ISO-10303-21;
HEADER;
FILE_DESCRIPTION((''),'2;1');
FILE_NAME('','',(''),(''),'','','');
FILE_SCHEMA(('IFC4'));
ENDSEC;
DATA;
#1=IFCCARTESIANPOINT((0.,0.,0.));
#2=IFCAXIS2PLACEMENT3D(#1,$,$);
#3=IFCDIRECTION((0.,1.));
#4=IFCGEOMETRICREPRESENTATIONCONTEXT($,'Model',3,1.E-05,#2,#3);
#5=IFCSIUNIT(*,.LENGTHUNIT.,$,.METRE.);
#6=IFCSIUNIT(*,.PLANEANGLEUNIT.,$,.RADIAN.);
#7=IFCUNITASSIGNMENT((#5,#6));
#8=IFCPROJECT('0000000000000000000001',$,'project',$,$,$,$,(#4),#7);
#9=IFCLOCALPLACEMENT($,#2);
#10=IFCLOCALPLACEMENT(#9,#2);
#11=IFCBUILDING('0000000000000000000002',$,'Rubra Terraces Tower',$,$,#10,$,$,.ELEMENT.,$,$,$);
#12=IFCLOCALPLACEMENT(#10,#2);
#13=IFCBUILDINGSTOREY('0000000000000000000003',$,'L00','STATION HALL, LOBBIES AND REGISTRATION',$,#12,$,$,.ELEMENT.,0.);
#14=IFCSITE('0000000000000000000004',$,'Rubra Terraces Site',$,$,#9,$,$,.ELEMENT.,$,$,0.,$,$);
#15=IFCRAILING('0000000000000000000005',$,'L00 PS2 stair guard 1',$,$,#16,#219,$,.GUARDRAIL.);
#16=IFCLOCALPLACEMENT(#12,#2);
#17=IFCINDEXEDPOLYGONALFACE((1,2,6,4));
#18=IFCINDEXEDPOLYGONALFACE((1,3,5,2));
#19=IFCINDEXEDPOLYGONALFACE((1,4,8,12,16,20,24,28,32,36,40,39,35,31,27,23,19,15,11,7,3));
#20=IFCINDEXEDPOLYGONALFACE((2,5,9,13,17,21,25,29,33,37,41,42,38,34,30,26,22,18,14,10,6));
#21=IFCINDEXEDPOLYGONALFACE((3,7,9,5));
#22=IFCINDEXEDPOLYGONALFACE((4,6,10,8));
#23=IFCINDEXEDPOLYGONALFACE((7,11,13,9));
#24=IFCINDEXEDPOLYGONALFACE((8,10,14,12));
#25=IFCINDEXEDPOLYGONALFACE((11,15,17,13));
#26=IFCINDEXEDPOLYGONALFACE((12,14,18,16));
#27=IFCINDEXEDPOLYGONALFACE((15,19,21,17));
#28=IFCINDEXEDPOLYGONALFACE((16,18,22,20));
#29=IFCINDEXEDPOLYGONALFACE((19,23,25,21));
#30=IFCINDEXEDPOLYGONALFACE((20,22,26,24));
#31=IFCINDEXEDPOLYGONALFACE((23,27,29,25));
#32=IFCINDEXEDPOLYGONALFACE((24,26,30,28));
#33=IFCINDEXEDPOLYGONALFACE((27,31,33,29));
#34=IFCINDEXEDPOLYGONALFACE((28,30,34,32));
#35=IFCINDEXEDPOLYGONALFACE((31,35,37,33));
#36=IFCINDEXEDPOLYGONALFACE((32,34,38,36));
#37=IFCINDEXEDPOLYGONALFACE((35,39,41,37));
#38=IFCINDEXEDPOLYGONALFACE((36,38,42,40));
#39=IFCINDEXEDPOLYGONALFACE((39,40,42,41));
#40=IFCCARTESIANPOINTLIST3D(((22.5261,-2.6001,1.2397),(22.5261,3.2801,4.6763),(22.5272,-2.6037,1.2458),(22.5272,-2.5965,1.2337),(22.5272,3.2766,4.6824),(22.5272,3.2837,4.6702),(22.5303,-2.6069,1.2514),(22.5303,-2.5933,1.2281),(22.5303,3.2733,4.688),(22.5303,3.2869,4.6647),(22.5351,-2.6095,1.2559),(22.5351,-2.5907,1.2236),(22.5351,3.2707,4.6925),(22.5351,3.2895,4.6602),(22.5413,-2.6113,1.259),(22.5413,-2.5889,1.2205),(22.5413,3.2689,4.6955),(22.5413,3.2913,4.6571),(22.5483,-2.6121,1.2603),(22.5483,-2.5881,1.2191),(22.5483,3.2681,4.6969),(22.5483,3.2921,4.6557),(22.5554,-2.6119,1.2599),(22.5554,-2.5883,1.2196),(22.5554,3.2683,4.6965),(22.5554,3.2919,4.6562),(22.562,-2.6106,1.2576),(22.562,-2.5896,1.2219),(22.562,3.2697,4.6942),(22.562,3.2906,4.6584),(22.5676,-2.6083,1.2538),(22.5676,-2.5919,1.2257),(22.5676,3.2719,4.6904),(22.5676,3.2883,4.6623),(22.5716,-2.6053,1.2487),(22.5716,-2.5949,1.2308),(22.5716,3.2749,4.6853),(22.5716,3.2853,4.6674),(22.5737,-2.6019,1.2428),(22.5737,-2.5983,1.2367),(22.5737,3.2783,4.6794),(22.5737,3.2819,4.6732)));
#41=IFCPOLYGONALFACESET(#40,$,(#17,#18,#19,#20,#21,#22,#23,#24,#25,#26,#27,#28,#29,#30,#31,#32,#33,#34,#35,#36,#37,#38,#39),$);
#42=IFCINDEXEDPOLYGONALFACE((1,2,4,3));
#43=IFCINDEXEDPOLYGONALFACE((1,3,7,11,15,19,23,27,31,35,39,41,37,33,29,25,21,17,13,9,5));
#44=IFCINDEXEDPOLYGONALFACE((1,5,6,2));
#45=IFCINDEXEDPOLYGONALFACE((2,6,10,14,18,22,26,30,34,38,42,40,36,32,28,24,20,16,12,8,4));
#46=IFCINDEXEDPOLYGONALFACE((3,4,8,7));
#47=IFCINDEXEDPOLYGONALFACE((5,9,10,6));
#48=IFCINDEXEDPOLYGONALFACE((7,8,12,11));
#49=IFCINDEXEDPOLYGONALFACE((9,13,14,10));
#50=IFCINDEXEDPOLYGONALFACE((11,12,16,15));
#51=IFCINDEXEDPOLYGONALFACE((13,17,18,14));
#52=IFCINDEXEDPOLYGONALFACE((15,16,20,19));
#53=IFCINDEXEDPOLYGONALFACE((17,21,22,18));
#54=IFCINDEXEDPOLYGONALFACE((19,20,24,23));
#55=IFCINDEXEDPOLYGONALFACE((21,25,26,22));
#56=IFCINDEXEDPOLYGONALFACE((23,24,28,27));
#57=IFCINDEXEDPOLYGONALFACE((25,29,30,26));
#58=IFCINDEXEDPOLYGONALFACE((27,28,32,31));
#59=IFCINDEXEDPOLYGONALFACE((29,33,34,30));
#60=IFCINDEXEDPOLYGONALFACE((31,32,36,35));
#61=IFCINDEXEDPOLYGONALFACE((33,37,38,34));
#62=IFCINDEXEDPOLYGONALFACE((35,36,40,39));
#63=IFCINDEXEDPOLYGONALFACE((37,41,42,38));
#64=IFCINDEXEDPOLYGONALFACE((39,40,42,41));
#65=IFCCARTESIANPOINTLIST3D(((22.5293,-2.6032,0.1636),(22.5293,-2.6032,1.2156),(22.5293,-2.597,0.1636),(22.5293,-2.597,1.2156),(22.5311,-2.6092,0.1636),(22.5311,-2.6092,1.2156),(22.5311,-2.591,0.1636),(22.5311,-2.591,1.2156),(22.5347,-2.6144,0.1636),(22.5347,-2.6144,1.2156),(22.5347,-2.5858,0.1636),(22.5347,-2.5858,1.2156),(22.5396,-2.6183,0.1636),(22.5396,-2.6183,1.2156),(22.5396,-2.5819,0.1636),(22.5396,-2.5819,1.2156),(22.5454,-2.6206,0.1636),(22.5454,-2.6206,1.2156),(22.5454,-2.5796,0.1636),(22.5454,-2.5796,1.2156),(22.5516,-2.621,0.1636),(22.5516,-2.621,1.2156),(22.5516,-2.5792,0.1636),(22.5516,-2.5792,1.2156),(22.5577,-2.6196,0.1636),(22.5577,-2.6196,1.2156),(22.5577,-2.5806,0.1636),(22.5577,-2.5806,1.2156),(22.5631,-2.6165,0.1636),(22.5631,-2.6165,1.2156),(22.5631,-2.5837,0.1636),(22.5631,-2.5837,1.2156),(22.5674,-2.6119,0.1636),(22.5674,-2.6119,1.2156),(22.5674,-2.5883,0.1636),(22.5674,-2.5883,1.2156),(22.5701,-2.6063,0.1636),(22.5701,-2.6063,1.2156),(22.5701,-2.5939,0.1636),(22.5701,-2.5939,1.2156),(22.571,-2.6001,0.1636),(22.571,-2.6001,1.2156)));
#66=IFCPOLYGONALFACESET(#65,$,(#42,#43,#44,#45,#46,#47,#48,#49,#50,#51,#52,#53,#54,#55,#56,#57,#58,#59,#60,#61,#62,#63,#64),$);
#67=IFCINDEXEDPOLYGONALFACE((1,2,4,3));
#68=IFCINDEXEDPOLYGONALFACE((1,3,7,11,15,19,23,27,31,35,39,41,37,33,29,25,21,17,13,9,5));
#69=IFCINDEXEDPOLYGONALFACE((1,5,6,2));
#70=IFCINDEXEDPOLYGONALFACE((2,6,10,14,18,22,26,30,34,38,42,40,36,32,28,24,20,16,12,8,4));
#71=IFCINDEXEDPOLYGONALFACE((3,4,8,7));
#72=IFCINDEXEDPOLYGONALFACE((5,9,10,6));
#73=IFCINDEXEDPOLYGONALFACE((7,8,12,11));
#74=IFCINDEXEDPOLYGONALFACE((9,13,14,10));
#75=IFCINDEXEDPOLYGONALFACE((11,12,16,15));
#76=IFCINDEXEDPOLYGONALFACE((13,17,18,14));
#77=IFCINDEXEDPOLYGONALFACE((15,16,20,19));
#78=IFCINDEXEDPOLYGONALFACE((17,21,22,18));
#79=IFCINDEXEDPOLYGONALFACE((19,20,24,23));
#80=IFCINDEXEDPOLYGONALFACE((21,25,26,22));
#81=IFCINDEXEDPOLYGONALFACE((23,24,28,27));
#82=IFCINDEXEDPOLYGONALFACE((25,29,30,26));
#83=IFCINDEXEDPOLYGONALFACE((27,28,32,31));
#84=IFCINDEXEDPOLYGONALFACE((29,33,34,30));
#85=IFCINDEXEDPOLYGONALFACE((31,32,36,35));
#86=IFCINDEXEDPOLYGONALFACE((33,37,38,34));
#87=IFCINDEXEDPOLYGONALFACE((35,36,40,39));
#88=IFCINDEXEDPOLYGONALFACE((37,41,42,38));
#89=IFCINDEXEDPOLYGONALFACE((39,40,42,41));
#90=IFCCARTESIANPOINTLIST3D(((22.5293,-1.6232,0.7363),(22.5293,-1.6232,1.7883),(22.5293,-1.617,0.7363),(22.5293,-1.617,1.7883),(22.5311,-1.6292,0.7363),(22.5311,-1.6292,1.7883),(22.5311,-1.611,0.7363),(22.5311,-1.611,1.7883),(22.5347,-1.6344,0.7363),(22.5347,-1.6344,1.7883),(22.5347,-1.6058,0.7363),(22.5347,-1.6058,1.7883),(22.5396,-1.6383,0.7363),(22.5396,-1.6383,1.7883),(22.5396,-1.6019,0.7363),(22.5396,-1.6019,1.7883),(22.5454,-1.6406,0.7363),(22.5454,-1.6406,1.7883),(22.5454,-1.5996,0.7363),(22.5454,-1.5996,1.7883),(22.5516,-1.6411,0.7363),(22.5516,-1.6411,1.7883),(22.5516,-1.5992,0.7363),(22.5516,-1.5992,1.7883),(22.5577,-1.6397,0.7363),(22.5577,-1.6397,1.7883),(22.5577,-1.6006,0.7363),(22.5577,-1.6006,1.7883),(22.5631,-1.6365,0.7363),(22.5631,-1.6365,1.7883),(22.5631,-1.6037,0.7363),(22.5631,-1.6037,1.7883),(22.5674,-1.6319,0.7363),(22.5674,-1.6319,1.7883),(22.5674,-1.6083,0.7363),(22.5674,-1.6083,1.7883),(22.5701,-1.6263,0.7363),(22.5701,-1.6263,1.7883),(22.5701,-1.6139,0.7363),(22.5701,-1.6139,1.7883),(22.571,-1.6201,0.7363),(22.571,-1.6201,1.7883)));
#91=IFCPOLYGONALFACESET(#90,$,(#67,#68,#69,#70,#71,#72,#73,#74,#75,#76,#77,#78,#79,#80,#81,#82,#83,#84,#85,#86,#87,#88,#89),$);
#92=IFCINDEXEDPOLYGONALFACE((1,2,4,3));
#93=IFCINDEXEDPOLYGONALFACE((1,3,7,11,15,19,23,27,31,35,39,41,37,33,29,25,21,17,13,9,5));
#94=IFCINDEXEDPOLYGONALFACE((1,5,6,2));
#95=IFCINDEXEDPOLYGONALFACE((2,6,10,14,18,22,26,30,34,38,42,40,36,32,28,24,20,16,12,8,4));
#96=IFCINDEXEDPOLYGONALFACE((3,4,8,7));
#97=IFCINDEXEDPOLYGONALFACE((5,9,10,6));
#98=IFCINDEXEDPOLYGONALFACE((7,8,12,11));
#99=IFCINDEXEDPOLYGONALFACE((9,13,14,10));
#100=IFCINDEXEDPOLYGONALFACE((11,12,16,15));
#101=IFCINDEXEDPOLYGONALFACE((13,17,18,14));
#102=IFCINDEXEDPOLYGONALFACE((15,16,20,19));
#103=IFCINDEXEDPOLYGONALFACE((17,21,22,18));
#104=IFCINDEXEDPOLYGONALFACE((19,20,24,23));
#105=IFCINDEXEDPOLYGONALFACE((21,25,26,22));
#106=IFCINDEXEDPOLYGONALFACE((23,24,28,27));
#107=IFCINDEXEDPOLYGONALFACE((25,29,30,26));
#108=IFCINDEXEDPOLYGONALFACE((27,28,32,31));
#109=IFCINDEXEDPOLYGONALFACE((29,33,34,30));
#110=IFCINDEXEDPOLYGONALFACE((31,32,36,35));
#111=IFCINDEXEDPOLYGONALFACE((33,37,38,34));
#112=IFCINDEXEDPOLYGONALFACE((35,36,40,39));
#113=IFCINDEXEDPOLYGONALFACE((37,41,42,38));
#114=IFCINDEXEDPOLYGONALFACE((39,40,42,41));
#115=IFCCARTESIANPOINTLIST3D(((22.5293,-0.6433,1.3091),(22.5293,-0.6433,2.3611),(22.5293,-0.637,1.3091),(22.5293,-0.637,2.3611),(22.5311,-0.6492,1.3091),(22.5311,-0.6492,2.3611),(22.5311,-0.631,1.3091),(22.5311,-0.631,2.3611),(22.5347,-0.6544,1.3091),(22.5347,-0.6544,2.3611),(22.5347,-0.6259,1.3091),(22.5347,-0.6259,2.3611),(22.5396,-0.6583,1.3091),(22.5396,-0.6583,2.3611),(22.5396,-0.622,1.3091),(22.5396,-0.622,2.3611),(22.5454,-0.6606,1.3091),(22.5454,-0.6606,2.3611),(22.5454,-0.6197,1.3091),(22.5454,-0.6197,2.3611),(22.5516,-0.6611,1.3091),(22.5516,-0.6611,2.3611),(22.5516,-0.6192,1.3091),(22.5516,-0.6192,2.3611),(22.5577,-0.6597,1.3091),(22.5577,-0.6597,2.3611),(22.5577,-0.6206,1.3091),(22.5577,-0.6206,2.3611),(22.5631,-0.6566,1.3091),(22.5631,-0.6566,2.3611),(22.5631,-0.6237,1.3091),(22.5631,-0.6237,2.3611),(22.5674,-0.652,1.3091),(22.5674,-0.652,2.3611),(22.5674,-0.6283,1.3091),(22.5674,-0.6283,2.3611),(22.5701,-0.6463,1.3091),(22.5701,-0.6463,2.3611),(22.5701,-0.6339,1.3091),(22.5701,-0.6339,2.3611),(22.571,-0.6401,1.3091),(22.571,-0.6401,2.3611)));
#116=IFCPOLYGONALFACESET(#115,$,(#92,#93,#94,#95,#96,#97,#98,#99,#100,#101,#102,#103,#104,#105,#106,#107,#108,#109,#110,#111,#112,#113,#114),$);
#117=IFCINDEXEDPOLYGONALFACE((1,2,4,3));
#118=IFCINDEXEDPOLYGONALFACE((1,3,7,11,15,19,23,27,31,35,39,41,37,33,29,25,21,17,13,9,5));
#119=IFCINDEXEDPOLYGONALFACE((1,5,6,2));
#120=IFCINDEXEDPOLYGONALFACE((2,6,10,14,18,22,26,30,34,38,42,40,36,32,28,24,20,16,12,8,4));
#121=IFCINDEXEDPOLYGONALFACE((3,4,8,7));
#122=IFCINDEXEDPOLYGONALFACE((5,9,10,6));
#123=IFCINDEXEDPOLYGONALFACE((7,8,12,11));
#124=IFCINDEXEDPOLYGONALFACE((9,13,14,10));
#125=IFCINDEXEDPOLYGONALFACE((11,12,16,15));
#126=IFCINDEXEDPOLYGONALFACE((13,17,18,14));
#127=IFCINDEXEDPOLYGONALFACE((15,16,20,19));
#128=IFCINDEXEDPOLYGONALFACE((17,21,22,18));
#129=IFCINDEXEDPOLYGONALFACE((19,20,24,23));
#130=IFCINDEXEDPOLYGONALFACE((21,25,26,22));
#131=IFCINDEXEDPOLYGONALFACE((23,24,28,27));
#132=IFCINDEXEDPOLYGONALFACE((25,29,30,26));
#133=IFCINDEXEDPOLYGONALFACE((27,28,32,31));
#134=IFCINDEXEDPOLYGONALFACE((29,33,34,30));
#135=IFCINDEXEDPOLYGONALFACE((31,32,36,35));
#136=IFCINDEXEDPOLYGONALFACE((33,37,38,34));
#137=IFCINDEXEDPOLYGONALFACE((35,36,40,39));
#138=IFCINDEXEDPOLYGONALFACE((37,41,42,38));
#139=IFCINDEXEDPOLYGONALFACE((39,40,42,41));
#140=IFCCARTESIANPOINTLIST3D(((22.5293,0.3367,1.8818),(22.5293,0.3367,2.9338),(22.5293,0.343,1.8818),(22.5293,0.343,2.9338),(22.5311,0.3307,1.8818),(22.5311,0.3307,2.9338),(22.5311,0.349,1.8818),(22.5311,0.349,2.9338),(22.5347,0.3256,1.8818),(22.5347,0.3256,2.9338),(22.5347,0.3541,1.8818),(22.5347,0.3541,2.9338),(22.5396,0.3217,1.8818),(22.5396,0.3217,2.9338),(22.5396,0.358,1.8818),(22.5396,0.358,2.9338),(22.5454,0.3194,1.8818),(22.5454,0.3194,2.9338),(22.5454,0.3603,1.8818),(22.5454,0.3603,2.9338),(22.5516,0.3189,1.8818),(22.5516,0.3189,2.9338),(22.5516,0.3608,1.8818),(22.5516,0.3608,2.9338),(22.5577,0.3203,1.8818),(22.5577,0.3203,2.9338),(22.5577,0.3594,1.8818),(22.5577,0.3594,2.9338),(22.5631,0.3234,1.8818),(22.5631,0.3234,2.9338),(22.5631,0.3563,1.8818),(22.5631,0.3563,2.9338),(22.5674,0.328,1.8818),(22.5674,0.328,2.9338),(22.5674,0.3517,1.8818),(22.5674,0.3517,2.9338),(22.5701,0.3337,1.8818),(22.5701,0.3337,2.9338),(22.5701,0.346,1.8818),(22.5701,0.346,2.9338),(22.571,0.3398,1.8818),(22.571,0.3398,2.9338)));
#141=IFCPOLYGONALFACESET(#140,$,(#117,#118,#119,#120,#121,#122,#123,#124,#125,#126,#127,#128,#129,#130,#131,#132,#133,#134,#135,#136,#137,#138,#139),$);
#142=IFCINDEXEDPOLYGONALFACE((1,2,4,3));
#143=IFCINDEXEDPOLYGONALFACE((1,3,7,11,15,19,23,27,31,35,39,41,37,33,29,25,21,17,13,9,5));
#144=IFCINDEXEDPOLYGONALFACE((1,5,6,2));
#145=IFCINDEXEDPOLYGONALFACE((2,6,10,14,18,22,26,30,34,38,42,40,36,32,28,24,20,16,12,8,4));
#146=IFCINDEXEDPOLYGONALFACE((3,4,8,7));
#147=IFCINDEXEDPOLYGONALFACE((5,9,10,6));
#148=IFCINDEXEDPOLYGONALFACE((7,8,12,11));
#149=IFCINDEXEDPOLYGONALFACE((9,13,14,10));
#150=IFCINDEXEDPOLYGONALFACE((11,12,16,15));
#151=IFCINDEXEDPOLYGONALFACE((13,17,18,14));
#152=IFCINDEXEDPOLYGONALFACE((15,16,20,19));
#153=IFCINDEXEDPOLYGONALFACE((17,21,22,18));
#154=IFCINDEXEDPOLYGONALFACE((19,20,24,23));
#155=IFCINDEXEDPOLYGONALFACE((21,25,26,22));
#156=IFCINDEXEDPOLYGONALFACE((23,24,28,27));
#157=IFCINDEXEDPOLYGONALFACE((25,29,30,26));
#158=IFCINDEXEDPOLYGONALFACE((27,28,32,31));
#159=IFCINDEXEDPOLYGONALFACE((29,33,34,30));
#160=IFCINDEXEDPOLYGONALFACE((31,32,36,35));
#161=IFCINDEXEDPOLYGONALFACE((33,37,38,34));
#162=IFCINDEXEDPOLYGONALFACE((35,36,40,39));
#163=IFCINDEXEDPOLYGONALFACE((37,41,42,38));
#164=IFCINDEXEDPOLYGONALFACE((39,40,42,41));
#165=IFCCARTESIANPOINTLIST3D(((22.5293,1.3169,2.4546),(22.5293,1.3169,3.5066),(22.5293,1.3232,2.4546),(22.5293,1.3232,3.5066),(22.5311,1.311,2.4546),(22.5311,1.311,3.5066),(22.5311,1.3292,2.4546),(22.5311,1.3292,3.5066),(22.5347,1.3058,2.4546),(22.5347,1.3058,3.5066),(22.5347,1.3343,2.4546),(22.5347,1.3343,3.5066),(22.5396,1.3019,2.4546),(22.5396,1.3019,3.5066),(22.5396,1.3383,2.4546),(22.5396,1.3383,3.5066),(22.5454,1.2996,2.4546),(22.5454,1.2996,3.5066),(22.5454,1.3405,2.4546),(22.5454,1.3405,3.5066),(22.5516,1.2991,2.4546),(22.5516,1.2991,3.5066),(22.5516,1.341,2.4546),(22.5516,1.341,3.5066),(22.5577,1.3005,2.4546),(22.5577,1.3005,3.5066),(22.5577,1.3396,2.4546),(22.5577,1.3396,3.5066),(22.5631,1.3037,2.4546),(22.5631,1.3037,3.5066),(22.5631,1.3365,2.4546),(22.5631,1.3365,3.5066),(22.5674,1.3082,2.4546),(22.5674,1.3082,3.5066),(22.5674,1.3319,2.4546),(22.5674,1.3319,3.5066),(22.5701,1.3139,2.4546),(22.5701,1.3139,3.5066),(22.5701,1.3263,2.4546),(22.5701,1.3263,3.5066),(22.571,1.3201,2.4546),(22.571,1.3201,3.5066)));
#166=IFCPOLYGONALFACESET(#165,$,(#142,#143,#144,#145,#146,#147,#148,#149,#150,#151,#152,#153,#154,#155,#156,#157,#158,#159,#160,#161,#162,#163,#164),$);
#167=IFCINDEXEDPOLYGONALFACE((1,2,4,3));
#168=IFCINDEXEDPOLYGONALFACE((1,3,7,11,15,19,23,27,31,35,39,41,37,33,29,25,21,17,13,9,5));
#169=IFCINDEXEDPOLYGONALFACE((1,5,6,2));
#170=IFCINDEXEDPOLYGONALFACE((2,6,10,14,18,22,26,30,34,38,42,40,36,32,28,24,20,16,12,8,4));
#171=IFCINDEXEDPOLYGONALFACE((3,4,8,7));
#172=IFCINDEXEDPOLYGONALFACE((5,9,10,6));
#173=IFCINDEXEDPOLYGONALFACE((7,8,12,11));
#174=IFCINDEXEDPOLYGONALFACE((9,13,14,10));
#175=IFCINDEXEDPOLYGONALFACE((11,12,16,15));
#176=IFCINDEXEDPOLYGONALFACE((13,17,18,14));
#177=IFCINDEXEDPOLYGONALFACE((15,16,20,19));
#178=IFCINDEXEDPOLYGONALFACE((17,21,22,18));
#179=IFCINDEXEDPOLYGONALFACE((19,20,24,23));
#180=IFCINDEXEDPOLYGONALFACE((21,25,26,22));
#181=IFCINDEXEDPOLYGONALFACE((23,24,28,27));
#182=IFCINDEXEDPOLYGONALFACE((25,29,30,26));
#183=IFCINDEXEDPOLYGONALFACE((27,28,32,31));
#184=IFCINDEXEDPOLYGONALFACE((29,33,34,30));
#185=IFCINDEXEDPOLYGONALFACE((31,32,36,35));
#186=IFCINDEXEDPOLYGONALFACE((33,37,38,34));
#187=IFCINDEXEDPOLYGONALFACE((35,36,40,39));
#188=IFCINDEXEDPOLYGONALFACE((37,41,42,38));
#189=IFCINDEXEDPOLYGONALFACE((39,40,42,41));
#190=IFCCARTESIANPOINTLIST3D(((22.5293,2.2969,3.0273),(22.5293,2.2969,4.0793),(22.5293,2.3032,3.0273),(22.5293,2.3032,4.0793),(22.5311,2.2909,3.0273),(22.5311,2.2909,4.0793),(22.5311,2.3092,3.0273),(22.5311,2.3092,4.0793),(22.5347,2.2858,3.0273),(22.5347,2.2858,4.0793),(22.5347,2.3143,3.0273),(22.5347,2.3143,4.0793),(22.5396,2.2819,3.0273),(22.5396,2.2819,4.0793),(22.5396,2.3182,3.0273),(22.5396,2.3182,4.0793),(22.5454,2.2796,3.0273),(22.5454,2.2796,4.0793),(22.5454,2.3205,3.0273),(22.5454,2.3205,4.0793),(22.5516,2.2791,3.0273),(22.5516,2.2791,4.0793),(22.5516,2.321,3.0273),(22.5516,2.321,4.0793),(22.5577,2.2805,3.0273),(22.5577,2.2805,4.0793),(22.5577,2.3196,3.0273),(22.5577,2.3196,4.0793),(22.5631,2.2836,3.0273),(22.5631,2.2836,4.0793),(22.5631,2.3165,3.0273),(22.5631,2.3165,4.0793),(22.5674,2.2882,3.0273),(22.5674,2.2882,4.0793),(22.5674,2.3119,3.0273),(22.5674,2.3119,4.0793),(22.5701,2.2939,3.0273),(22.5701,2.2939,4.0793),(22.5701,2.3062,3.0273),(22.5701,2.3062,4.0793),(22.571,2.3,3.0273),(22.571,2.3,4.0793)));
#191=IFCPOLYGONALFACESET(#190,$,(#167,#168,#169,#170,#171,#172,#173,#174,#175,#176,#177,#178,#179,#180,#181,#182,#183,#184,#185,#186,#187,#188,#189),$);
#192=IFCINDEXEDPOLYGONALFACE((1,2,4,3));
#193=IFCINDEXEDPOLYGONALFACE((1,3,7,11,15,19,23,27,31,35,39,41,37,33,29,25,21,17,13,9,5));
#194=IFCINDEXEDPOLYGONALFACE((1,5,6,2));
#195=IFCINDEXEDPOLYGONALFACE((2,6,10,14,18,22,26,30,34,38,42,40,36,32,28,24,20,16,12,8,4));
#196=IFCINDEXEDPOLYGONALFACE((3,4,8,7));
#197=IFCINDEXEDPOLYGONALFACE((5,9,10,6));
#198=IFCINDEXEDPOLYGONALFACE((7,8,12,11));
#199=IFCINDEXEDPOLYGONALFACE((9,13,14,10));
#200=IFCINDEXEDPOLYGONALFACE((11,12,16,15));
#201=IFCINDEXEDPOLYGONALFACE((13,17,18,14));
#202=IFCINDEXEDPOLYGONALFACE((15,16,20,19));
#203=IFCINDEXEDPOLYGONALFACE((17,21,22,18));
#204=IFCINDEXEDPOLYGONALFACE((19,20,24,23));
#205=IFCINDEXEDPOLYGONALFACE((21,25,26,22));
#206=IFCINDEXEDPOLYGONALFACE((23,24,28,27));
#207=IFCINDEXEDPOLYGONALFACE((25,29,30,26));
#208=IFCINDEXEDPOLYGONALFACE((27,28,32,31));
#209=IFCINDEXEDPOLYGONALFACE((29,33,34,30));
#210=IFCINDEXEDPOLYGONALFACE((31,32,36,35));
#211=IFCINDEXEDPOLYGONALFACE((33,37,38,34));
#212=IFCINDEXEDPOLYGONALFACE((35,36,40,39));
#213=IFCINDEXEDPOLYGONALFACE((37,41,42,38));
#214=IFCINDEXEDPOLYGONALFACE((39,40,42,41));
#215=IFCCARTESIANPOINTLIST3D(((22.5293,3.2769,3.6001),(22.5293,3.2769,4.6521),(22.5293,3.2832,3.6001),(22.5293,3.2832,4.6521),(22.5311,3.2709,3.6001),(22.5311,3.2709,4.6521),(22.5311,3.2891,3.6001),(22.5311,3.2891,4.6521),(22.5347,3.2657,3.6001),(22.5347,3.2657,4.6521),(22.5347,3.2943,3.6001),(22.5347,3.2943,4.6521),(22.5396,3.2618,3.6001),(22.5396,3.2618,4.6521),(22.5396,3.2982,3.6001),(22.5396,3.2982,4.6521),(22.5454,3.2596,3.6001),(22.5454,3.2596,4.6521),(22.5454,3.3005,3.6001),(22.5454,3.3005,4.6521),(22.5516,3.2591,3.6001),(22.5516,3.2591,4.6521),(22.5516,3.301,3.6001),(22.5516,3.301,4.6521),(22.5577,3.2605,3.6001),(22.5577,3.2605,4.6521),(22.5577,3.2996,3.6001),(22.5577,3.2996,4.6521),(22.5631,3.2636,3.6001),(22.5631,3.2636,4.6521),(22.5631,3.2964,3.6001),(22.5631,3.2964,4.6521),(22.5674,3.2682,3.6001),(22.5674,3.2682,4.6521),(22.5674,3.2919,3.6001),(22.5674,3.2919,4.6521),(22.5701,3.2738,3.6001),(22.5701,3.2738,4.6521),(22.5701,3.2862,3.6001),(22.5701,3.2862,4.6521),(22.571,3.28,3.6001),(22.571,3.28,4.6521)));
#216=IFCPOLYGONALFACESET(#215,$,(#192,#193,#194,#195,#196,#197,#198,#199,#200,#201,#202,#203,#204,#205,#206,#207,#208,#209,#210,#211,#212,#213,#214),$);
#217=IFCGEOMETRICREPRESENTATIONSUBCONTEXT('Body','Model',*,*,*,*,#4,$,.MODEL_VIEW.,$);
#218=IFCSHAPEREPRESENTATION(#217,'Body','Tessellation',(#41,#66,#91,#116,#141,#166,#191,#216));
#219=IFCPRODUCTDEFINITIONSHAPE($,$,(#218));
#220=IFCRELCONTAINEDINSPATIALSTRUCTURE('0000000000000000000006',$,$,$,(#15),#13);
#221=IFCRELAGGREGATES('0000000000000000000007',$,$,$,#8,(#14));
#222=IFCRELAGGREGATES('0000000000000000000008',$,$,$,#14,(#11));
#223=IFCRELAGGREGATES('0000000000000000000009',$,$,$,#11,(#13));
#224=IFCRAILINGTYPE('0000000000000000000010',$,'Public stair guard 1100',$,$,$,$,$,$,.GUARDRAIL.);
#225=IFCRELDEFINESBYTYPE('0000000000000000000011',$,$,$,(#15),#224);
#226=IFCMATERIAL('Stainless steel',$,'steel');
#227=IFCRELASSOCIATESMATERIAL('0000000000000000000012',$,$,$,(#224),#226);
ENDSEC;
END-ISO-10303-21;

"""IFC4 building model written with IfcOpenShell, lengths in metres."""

from ifc_helpers import new_model, si_unit, direction, frame, origin, origin_2d, place, context, subcontext, project, spatial, circle, extrude, material, type_object, element, save


model = new_model("IFC4")

# Units and contexts
model_context = context("Model", 3, precision=1e-05, world=origin(), true_north=direction((0.0, 1.0)))
body_context = subcontext(model_context, "Body", "Model", "MODEL_VIEW")
ifc_project = project(units=[si_unit("LENGTHUNIT", "METRE"), si_unit("PLANEANGLEUNIT", "RADIAN")], contexts=[model_context])

# Site, building, storey
site_placement = place(None, origin())
site = spatial("IfcSite", under=ifc_project, at=site_placement, Name="Rubra Terraces Site", CompositionType="ELEMENT", RefElevation=0.0)
building_placement = place(site_placement, origin())
building = spatial("IfcBuilding", under=site, at=building_placement, Name="Rubra Terraces Tower", CompositionType="ELEMENT")
storey_placement = place(building_placement, origin())
storey = spatial("IfcBuildingStorey", under=building, at=storey_placement, Name="L00", Description="STATION HALL, LOBBIES AND REGISTRATION", CompositionType="ELEMENT", Elevation=0.0)

# Railing
ifc_material_1 = material(Name="Stainless steel", Category="steel")
railing_type_1 = type_object("IfcRailingType", Name="Public stair guard 1100", PredefinedType="GUARDRAIL", material=ifc_material_1)
railing_1_placement = place(storey_placement, frame((22.55, -2.6001, 0.1636)))
element("IfcRailing", 1, at=railing_1_placement, inside=storey, type_object=railing_type_1, Name="L00 PS2 stair guard 1", PredefinedType="GUARDRAIL", context=body_context, shape_type="SweptSolid", body=[
    extrude(circle(Radius=0.0239, at=origin_2d()), frame((0.0, 0.0, 1.0762), z_axis=(0.0, 0.863366, 0.504577), x_axis=(-1.0, 0.0, 0.0)), (0.0, 0.0, 1.0), 6.8108),
    extrude(circle(Radius=0.021, at=origin_2d()), origin(), (0.0, 0.0, 1.0), 1.052),
    extrude(circle(Radius=0.021, at=origin_2d()), frame((0.0, 0.98, 0.5728)), (0.0, 0.0, 1.0), 1.052),
    extrude(circle(Radius=0.021, at=origin_2d()), frame((0.0, 1.96, 1.1455)), (0.0, 0.0, 1.0), 1.052),
    extrude(circle(Radius=0.021, at=origin_2d()), frame((0.0, 2.9399, 1.7183)), (0.0, 0.0, 1.0), 1.052),
    extrude(circle(Radius=0.021, at=origin_2d()), frame((0.0, 3.9202, 2.291)), (0.0, 0.0, 1.0), 1.052),
    extrude(circle(Radius=0.021, at=origin_2d()), frame((0.0, 4.9001, 2.8638)), (0.0, 0.0, 1.0), 1.052),
    extrude(circle(Radius=0.021, at=origin_2d()), frame((0.0, 5.8801, 3.4365)), (0.0, 0.0, 1.0), 1.052),
])

save(model, "model.ifc")
